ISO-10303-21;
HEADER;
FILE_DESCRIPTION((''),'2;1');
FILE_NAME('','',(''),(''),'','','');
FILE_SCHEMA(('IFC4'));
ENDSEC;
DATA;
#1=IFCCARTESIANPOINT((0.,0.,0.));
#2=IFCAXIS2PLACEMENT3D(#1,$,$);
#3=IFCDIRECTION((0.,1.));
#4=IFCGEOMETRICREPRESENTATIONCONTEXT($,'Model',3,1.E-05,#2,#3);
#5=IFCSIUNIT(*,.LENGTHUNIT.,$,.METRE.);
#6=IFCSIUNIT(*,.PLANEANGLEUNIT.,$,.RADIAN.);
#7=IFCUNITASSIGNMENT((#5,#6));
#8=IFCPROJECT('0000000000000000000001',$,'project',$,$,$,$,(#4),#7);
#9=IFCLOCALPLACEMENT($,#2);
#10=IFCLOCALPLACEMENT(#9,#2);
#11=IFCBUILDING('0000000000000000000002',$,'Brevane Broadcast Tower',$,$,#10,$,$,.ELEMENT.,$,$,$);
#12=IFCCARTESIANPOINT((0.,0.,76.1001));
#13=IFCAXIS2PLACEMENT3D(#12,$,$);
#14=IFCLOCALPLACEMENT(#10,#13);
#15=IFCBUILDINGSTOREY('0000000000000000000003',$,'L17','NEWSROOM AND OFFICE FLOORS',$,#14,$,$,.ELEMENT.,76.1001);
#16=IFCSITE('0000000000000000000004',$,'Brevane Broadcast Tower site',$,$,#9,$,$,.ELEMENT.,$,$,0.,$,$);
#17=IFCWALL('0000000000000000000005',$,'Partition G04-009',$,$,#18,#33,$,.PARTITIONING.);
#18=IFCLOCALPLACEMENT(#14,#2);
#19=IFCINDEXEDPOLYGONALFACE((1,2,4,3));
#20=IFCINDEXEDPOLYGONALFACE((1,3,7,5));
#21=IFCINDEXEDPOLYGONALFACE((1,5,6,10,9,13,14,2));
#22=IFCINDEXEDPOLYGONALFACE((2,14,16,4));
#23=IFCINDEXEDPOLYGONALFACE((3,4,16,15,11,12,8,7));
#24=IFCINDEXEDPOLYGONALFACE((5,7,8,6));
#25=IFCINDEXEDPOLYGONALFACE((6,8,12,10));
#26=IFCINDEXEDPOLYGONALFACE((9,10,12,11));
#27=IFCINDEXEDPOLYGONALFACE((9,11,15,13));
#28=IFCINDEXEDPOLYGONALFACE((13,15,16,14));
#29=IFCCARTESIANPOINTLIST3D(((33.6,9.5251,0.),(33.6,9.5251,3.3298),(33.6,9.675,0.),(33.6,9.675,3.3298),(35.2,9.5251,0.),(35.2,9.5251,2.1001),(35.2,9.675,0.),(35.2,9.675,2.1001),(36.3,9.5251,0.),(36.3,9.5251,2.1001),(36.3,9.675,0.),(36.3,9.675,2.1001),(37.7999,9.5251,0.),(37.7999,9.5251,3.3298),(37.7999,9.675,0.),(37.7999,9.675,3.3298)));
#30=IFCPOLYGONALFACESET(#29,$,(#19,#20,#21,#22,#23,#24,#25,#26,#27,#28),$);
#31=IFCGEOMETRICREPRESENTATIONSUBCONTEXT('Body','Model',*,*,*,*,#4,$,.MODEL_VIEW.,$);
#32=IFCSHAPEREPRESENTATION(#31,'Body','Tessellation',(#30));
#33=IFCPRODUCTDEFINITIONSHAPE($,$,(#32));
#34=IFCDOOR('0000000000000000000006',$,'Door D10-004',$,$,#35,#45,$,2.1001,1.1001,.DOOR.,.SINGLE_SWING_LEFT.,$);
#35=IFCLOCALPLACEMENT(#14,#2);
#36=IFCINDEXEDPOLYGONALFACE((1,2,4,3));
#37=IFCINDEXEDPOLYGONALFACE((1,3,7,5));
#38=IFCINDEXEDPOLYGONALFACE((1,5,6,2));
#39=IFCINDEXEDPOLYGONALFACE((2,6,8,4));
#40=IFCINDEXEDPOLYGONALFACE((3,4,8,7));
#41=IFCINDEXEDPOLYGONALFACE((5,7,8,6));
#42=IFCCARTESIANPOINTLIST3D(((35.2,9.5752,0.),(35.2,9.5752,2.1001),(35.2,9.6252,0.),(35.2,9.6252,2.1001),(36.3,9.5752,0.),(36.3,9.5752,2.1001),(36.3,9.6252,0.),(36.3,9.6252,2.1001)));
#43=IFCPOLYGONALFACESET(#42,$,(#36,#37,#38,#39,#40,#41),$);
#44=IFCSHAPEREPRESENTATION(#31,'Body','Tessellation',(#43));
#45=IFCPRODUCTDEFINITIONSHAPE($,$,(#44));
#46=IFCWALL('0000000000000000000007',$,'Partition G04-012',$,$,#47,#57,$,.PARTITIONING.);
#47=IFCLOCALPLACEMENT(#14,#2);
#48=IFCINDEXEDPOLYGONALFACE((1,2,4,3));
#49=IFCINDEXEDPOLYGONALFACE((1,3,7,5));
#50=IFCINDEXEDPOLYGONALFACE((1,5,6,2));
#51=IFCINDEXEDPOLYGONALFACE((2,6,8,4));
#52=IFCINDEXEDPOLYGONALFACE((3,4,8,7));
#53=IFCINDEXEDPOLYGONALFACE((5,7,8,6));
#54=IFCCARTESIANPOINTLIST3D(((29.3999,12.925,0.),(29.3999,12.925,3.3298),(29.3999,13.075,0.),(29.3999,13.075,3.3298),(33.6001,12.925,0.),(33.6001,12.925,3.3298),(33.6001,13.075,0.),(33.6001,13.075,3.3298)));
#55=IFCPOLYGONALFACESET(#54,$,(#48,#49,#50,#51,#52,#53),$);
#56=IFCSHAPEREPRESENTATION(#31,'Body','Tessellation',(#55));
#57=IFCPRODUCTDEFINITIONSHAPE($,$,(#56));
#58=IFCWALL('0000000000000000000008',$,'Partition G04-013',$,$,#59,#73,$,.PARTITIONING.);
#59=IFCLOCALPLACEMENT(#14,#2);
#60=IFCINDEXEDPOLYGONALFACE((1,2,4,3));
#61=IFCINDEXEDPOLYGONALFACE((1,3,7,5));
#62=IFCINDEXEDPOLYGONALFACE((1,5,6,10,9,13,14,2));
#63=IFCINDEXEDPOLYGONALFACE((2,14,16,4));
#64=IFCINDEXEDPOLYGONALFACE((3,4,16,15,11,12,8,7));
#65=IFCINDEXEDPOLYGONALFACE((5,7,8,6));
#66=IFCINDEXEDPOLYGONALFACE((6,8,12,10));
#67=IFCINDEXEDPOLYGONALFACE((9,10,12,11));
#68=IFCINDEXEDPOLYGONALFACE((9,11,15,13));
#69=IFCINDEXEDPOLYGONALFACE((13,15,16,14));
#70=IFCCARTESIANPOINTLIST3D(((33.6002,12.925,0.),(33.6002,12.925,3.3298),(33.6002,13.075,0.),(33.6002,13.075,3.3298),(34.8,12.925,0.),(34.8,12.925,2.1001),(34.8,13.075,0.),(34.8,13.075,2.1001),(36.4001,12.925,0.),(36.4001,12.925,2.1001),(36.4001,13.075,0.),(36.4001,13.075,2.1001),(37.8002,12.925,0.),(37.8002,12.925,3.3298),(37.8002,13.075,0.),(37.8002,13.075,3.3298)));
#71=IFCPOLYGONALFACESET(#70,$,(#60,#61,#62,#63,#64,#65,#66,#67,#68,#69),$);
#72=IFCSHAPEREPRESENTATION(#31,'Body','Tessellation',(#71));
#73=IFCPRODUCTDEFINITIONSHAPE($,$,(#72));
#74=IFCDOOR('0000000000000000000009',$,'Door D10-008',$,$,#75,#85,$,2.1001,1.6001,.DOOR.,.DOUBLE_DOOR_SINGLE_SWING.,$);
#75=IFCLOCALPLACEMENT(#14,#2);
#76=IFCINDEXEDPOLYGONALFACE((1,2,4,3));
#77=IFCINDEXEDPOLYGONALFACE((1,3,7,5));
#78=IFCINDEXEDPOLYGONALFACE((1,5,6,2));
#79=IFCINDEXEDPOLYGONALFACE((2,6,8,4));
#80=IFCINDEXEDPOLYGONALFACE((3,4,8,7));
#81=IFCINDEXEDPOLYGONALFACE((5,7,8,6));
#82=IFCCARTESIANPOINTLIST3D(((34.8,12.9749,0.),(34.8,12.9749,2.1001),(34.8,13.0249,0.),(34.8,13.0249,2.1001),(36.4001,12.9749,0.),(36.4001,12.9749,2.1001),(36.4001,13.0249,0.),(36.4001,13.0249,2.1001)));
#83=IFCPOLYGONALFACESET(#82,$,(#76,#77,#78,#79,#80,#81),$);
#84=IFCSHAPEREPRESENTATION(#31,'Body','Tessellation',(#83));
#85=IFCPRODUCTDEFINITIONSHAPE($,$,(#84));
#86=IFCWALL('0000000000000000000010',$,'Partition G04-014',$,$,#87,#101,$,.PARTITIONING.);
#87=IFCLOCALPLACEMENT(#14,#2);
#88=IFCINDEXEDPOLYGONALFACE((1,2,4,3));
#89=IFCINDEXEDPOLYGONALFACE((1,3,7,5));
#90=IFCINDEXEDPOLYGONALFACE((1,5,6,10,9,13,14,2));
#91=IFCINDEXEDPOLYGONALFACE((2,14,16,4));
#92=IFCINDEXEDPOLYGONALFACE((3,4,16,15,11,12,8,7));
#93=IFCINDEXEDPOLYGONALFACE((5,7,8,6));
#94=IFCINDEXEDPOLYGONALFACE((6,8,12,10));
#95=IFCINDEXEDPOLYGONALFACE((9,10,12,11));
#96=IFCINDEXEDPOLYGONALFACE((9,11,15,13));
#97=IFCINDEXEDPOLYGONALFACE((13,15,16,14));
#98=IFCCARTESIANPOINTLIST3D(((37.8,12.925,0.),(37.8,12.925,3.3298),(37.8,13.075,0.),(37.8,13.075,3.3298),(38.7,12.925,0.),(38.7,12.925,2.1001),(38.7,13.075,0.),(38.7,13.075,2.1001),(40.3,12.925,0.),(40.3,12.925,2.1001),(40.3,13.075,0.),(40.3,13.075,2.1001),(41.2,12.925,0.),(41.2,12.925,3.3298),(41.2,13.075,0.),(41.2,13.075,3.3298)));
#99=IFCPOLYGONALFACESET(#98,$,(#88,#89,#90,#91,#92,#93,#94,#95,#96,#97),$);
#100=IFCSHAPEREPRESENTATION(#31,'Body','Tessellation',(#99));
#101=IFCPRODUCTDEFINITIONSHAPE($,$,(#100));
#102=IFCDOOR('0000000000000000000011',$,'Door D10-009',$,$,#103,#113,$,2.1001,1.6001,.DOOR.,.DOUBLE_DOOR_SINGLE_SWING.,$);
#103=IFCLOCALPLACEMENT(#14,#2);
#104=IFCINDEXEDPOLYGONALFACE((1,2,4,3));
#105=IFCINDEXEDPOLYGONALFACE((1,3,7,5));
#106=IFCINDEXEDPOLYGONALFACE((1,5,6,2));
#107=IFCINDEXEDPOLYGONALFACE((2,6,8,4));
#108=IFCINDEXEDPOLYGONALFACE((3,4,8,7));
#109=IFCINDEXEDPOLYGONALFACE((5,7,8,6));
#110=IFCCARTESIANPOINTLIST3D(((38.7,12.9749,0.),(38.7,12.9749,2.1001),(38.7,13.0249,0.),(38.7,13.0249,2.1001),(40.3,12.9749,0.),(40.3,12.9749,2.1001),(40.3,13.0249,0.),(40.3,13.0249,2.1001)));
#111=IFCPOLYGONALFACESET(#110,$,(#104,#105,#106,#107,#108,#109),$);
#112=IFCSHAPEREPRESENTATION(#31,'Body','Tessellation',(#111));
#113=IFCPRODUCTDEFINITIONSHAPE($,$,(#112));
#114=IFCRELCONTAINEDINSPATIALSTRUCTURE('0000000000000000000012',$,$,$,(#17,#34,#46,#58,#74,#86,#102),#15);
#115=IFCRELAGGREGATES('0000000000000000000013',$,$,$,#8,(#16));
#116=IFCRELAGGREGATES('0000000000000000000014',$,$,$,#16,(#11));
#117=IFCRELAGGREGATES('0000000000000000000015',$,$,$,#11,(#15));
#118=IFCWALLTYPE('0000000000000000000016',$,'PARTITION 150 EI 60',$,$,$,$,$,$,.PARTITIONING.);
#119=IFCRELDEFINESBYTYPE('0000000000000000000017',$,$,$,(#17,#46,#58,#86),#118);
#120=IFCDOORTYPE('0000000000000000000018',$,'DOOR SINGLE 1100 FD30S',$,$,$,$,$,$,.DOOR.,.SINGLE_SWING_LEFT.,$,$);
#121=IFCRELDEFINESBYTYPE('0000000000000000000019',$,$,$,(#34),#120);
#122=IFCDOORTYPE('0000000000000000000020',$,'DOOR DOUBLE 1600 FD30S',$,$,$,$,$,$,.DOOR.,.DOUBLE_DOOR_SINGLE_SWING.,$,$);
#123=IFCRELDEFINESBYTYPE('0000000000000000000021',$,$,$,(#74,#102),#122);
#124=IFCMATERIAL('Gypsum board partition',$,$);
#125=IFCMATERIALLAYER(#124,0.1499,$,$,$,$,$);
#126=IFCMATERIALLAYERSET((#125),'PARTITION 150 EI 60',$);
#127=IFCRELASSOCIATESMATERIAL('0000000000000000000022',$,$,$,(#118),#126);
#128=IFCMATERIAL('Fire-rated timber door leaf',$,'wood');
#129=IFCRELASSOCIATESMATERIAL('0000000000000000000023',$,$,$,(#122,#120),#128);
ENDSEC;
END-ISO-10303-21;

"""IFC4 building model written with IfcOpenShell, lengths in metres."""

from ifc_helpers import new_model, si_unit, direction, frame, frame_2d, origin, place, context, subcontext, project, spatial, rectangle, extrude, material, layer, layer_set, type_object, element, fill, save


model = new_model("IFC4")

# Units and contexts
model_context = context("Model", 3, precision=1e-05, world=origin(), true_north=direction((0.0, 1.0)))
body_context = subcontext(model_context, "Body", "Model", "MODEL_VIEW")
ifc_project = project(units=[si_unit("LENGTHUNIT", "METRE"), si_unit("PLANEANGLEUNIT", "RADIAN")], contexts=[model_context])

# Site, building, storey
site_placement = place(None, origin())
site = spatial("IfcSite", under=ifc_project, at=site_placement, Name="Brevane Broadcast Tower site", CompositionType="ELEMENT", RefElevation=0.0)
building_placement = place(site_placement, origin())
building = spatial("IfcBuilding", under=site, at=building_placement, Name="Brevane Broadcast Tower", CompositionType="ELEMENT")
storey_placement = place(building_placement, frame((0.0, 0.0, 76.1001)))
storey = spatial("IfcBuildingStorey", under=building, at=storey_placement, Name="L17", Description="NEWSROOM AND OFFICE FLOORS", CompositionType="ELEMENT", Elevation=76.1001)

# Shared definitions
ifc_material_1 = material(Name="Gypsum board partition")
ifc_layer_1 = layer(ifc_material_1, 0.1499)
ifc_layer_set_1 = layer_set([ifc_layer_1], Name="PARTITION 150 EI 60")
wall_type_1 = type_object("IfcWallType", Name="PARTITION 150 EI 60", PredefinedType="PARTITIONING", material=ifc_layer_set_1)

# Wall, opening, door
ifc_material_2 = material(Name="Fire-rated timber door leaf", Category="wood")
door_type_1 = type_object("IfcDoorType", Name="DOOR DOUBLE 1600 FD30S", OperationType="DOUBLE_DOOR_SINGLE_SWING", PredefinedType="DOOR", material=ifc_material_2)
wall_1_placement = place(storey_placement, frame((37.8, 9.6001, 0.0), z_axis=(0.0, 0.0, 1.0), x_axis=(-1.0, 0.0, 0.0)))
wall_1 = element("IfcWall", 1, at=wall_1_placement, inside=storey, type_object=wall_type_1, Name="Partition G04-009", PredefinedType="PARTITIONING", context=body_context, shape_type="SweptSolid", body=[
    extrude(rectangle(XDim=4.2, YDim=0.1499, at=frame_2d((2.1001, 0.0))), origin(), (0.0, 0.0, 1.0), 3.3298),
])
opening_1_placement = place(wall_1_placement, frame((1.5, 0.0, 0.0)))
opening_1 = element("IfcOpeningElement", 2, at=opening_1_placement, cuts=wall_1, PredefinedType="OPENING", context=body_context, shape_type="SweptSolid", body=[
    extrude(rectangle(XDim=1.1001, YDim=2.1001, at=frame_2d((0.55, 1.05))), frame((0.0, 0.085, 0.0), z_axis=(0.0, -1.0, 0.0), x_axis=(1.0, 0.0, 0.0)), (0.0, 0.0, 1.0), 0.1699),
])
door_type_2 = type_object("IfcDoorType", Name="DOOR SINGLE 1100 FD30S", OperationType="SINGLE_SWING_LEFT", PredefinedType="DOOR", material=ifc_material_2)
door_1_placement = place(opening_1_placement, origin())
door_1 = element("IfcDoor", 3, at=door_1_placement, inside=storey, type_object=door_type_2, Name="Door D10-004", OperationType="SINGLE_SWING_LEFT", OverallHeight=2.1001, OverallWidth=1.1001, PredefinedType="DOOR", context=body_context, shape_type="SweptSolid", body=[
    extrude(rectangle(XDim=1.1001, YDim=2.1001, at=frame_2d((0.55, 1.05))), frame((0.0, 0.0249, 0.0), z_axis=(0.0, -1.0, 0.0), x_axis=(1.0, 0.0, 0.0)), (0.0, 0.0, 1.0), 0.05),
])
fill(opening_1, door_1)

# Wall
wall_2_placement = place(storey_placement, frame((29.3999, 13.0, 0.0), z_axis=(0.0, 0.0, 1.0), x_axis=(1.0, 0.0, 0.0)))
element("IfcWall", 4, at=wall_2_placement, inside=storey, type_object=wall_type_1, Name="Partition G04-012", PredefinedType="PARTITIONING", context=body_context, shape_type="SweptSolid", body=[
    extrude(rectangle(XDim=4.2002, YDim=0.1499, at=frame_2d((2.1001, 0.0))), origin(), (0.0, 0.0, 1.0), 3.3298),
])

# Walls, openings, doors
wall_3_placement = place(storey_placement, frame((33.6001, 13.0, 0.0), z_axis=(0.0, 0.0, 1.0), x_axis=(1.0, 0.0, 0.0)))
wall_3 = element("IfcWall", 5, at=wall_3_placement, inside=storey, type_object=wall_type_1, Name="Partition G04-013", PredefinedType="PARTITIONING", context=body_context, shape_type="SweptSolid", body=[
    extrude(rectangle(XDim=4.2, YDim=0.1499, at=frame_2d((2.1001, 0.0))), origin(), (0.0, 0.0, 1.0), 3.3298),
])
opening_2_placement = place(wall_3_placement, frame((1.2, 0.0, 0.0)))
opening_2 = element("IfcOpeningElement", 6, at=opening_2_placement, cuts=wall_3, PredefinedType="OPENING", context=body_context, shape_type="SweptSolid", body=[
    extrude(rectangle(XDim=1.6001, YDim=2.1001, at=frame_2d((0.8, 1.05))), frame((0.0, 0.085, 0.0), z_axis=(0.0, -1.0, 0.0), x_axis=(1.0, 0.0, 0.0)), (0.0, 0.0, 1.0), 0.1699),
])
door_2_placement = place(opening_2_placement, origin())
door_2 = element("IfcDoor", 7, at=door_2_placement, inside=storey, type_object=door_type_1, Name="Door D10-008", OperationType="DOUBLE_DOOR_SINGLE_SWING", OverallHeight=2.1001, OverallWidth=1.6001, PredefinedType="DOOR", context=body_context, shape_type="SweptSolid", body=[
    extrude(rectangle(XDim=1.6001, YDim=2.1001, at=frame_2d((0.8, 1.05))), frame((0.0, 0.0249, 0.0), z_axis=(0.0, -1.0, 0.0), x_axis=(1.0, 0.0, 0.0)), (0.0, 0.0, 1.0), 0.05),
])
fill(opening_2, door_2)
wall_4_placement = place(storey_placement, frame((37.8, 13.0, 0.0), z_axis=(0.0, 0.0, 1.0), x_axis=(1.0, 0.0, 0.0)))
wall_4 = element("IfcWall", 8, at=wall_4_placement, inside=storey, type_object=wall_type_1, Name="Partition G04-014", PredefinedType="PARTITIONING", context=body_context, shape_type="SweptSolid", body=[
    extrude(rectangle(XDim=3.3999, YDim=0.1499, at=frame_2d((1.7, 0.0))), origin(), (0.0, 0.0, 1.0), 3.3298),
])
opening_3_placement = place(wall_4_placement, frame((0.8999, 0.0, 0.0)))
opening_3 = element("IfcOpeningElement", 9, at=opening_3_placement, cuts=wall_4, PredefinedType="OPENING", context=body_context, shape_type="SweptSolid", body=[
    extrude(rectangle(XDim=1.6001, YDim=2.1001, at=frame_2d((0.8, 1.05))), frame((0.0, 0.085, 0.0), z_axis=(0.0, -1.0, 0.0), x_axis=(1.0, 0.0, 0.0)), (0.0, 0.0, 1.0), 0.1699),
])
door_3_placement = place(opening_3_placement, origin())
door_3 = element("IfcDoor", 10, at=door_3_placement, inside=storey, type_object=door_type_1, Name="Door D10-009", OperationType="DOUBLE_DOOR_SINGLE_SWING", OverallHeight=2.1001, OverallWidth=1.6001, PredefinedType="DOOR", context=body_context, shape_type="SweptSolid", body=[
    extrude(rectangle(XDim=1.6001, YDim=2.1001, at=frame_2d((0.8, 1.05))), frame((0.0, 0.0249, 0.0), z_axis=(0.0, -1.0, 0.0), x_axis=(1.0, 0.0, 0.0)), (0.0, 0.0, 1.0), 0.05),
])
fill(opening_3, door_3)

save(model, "model.ifc")
